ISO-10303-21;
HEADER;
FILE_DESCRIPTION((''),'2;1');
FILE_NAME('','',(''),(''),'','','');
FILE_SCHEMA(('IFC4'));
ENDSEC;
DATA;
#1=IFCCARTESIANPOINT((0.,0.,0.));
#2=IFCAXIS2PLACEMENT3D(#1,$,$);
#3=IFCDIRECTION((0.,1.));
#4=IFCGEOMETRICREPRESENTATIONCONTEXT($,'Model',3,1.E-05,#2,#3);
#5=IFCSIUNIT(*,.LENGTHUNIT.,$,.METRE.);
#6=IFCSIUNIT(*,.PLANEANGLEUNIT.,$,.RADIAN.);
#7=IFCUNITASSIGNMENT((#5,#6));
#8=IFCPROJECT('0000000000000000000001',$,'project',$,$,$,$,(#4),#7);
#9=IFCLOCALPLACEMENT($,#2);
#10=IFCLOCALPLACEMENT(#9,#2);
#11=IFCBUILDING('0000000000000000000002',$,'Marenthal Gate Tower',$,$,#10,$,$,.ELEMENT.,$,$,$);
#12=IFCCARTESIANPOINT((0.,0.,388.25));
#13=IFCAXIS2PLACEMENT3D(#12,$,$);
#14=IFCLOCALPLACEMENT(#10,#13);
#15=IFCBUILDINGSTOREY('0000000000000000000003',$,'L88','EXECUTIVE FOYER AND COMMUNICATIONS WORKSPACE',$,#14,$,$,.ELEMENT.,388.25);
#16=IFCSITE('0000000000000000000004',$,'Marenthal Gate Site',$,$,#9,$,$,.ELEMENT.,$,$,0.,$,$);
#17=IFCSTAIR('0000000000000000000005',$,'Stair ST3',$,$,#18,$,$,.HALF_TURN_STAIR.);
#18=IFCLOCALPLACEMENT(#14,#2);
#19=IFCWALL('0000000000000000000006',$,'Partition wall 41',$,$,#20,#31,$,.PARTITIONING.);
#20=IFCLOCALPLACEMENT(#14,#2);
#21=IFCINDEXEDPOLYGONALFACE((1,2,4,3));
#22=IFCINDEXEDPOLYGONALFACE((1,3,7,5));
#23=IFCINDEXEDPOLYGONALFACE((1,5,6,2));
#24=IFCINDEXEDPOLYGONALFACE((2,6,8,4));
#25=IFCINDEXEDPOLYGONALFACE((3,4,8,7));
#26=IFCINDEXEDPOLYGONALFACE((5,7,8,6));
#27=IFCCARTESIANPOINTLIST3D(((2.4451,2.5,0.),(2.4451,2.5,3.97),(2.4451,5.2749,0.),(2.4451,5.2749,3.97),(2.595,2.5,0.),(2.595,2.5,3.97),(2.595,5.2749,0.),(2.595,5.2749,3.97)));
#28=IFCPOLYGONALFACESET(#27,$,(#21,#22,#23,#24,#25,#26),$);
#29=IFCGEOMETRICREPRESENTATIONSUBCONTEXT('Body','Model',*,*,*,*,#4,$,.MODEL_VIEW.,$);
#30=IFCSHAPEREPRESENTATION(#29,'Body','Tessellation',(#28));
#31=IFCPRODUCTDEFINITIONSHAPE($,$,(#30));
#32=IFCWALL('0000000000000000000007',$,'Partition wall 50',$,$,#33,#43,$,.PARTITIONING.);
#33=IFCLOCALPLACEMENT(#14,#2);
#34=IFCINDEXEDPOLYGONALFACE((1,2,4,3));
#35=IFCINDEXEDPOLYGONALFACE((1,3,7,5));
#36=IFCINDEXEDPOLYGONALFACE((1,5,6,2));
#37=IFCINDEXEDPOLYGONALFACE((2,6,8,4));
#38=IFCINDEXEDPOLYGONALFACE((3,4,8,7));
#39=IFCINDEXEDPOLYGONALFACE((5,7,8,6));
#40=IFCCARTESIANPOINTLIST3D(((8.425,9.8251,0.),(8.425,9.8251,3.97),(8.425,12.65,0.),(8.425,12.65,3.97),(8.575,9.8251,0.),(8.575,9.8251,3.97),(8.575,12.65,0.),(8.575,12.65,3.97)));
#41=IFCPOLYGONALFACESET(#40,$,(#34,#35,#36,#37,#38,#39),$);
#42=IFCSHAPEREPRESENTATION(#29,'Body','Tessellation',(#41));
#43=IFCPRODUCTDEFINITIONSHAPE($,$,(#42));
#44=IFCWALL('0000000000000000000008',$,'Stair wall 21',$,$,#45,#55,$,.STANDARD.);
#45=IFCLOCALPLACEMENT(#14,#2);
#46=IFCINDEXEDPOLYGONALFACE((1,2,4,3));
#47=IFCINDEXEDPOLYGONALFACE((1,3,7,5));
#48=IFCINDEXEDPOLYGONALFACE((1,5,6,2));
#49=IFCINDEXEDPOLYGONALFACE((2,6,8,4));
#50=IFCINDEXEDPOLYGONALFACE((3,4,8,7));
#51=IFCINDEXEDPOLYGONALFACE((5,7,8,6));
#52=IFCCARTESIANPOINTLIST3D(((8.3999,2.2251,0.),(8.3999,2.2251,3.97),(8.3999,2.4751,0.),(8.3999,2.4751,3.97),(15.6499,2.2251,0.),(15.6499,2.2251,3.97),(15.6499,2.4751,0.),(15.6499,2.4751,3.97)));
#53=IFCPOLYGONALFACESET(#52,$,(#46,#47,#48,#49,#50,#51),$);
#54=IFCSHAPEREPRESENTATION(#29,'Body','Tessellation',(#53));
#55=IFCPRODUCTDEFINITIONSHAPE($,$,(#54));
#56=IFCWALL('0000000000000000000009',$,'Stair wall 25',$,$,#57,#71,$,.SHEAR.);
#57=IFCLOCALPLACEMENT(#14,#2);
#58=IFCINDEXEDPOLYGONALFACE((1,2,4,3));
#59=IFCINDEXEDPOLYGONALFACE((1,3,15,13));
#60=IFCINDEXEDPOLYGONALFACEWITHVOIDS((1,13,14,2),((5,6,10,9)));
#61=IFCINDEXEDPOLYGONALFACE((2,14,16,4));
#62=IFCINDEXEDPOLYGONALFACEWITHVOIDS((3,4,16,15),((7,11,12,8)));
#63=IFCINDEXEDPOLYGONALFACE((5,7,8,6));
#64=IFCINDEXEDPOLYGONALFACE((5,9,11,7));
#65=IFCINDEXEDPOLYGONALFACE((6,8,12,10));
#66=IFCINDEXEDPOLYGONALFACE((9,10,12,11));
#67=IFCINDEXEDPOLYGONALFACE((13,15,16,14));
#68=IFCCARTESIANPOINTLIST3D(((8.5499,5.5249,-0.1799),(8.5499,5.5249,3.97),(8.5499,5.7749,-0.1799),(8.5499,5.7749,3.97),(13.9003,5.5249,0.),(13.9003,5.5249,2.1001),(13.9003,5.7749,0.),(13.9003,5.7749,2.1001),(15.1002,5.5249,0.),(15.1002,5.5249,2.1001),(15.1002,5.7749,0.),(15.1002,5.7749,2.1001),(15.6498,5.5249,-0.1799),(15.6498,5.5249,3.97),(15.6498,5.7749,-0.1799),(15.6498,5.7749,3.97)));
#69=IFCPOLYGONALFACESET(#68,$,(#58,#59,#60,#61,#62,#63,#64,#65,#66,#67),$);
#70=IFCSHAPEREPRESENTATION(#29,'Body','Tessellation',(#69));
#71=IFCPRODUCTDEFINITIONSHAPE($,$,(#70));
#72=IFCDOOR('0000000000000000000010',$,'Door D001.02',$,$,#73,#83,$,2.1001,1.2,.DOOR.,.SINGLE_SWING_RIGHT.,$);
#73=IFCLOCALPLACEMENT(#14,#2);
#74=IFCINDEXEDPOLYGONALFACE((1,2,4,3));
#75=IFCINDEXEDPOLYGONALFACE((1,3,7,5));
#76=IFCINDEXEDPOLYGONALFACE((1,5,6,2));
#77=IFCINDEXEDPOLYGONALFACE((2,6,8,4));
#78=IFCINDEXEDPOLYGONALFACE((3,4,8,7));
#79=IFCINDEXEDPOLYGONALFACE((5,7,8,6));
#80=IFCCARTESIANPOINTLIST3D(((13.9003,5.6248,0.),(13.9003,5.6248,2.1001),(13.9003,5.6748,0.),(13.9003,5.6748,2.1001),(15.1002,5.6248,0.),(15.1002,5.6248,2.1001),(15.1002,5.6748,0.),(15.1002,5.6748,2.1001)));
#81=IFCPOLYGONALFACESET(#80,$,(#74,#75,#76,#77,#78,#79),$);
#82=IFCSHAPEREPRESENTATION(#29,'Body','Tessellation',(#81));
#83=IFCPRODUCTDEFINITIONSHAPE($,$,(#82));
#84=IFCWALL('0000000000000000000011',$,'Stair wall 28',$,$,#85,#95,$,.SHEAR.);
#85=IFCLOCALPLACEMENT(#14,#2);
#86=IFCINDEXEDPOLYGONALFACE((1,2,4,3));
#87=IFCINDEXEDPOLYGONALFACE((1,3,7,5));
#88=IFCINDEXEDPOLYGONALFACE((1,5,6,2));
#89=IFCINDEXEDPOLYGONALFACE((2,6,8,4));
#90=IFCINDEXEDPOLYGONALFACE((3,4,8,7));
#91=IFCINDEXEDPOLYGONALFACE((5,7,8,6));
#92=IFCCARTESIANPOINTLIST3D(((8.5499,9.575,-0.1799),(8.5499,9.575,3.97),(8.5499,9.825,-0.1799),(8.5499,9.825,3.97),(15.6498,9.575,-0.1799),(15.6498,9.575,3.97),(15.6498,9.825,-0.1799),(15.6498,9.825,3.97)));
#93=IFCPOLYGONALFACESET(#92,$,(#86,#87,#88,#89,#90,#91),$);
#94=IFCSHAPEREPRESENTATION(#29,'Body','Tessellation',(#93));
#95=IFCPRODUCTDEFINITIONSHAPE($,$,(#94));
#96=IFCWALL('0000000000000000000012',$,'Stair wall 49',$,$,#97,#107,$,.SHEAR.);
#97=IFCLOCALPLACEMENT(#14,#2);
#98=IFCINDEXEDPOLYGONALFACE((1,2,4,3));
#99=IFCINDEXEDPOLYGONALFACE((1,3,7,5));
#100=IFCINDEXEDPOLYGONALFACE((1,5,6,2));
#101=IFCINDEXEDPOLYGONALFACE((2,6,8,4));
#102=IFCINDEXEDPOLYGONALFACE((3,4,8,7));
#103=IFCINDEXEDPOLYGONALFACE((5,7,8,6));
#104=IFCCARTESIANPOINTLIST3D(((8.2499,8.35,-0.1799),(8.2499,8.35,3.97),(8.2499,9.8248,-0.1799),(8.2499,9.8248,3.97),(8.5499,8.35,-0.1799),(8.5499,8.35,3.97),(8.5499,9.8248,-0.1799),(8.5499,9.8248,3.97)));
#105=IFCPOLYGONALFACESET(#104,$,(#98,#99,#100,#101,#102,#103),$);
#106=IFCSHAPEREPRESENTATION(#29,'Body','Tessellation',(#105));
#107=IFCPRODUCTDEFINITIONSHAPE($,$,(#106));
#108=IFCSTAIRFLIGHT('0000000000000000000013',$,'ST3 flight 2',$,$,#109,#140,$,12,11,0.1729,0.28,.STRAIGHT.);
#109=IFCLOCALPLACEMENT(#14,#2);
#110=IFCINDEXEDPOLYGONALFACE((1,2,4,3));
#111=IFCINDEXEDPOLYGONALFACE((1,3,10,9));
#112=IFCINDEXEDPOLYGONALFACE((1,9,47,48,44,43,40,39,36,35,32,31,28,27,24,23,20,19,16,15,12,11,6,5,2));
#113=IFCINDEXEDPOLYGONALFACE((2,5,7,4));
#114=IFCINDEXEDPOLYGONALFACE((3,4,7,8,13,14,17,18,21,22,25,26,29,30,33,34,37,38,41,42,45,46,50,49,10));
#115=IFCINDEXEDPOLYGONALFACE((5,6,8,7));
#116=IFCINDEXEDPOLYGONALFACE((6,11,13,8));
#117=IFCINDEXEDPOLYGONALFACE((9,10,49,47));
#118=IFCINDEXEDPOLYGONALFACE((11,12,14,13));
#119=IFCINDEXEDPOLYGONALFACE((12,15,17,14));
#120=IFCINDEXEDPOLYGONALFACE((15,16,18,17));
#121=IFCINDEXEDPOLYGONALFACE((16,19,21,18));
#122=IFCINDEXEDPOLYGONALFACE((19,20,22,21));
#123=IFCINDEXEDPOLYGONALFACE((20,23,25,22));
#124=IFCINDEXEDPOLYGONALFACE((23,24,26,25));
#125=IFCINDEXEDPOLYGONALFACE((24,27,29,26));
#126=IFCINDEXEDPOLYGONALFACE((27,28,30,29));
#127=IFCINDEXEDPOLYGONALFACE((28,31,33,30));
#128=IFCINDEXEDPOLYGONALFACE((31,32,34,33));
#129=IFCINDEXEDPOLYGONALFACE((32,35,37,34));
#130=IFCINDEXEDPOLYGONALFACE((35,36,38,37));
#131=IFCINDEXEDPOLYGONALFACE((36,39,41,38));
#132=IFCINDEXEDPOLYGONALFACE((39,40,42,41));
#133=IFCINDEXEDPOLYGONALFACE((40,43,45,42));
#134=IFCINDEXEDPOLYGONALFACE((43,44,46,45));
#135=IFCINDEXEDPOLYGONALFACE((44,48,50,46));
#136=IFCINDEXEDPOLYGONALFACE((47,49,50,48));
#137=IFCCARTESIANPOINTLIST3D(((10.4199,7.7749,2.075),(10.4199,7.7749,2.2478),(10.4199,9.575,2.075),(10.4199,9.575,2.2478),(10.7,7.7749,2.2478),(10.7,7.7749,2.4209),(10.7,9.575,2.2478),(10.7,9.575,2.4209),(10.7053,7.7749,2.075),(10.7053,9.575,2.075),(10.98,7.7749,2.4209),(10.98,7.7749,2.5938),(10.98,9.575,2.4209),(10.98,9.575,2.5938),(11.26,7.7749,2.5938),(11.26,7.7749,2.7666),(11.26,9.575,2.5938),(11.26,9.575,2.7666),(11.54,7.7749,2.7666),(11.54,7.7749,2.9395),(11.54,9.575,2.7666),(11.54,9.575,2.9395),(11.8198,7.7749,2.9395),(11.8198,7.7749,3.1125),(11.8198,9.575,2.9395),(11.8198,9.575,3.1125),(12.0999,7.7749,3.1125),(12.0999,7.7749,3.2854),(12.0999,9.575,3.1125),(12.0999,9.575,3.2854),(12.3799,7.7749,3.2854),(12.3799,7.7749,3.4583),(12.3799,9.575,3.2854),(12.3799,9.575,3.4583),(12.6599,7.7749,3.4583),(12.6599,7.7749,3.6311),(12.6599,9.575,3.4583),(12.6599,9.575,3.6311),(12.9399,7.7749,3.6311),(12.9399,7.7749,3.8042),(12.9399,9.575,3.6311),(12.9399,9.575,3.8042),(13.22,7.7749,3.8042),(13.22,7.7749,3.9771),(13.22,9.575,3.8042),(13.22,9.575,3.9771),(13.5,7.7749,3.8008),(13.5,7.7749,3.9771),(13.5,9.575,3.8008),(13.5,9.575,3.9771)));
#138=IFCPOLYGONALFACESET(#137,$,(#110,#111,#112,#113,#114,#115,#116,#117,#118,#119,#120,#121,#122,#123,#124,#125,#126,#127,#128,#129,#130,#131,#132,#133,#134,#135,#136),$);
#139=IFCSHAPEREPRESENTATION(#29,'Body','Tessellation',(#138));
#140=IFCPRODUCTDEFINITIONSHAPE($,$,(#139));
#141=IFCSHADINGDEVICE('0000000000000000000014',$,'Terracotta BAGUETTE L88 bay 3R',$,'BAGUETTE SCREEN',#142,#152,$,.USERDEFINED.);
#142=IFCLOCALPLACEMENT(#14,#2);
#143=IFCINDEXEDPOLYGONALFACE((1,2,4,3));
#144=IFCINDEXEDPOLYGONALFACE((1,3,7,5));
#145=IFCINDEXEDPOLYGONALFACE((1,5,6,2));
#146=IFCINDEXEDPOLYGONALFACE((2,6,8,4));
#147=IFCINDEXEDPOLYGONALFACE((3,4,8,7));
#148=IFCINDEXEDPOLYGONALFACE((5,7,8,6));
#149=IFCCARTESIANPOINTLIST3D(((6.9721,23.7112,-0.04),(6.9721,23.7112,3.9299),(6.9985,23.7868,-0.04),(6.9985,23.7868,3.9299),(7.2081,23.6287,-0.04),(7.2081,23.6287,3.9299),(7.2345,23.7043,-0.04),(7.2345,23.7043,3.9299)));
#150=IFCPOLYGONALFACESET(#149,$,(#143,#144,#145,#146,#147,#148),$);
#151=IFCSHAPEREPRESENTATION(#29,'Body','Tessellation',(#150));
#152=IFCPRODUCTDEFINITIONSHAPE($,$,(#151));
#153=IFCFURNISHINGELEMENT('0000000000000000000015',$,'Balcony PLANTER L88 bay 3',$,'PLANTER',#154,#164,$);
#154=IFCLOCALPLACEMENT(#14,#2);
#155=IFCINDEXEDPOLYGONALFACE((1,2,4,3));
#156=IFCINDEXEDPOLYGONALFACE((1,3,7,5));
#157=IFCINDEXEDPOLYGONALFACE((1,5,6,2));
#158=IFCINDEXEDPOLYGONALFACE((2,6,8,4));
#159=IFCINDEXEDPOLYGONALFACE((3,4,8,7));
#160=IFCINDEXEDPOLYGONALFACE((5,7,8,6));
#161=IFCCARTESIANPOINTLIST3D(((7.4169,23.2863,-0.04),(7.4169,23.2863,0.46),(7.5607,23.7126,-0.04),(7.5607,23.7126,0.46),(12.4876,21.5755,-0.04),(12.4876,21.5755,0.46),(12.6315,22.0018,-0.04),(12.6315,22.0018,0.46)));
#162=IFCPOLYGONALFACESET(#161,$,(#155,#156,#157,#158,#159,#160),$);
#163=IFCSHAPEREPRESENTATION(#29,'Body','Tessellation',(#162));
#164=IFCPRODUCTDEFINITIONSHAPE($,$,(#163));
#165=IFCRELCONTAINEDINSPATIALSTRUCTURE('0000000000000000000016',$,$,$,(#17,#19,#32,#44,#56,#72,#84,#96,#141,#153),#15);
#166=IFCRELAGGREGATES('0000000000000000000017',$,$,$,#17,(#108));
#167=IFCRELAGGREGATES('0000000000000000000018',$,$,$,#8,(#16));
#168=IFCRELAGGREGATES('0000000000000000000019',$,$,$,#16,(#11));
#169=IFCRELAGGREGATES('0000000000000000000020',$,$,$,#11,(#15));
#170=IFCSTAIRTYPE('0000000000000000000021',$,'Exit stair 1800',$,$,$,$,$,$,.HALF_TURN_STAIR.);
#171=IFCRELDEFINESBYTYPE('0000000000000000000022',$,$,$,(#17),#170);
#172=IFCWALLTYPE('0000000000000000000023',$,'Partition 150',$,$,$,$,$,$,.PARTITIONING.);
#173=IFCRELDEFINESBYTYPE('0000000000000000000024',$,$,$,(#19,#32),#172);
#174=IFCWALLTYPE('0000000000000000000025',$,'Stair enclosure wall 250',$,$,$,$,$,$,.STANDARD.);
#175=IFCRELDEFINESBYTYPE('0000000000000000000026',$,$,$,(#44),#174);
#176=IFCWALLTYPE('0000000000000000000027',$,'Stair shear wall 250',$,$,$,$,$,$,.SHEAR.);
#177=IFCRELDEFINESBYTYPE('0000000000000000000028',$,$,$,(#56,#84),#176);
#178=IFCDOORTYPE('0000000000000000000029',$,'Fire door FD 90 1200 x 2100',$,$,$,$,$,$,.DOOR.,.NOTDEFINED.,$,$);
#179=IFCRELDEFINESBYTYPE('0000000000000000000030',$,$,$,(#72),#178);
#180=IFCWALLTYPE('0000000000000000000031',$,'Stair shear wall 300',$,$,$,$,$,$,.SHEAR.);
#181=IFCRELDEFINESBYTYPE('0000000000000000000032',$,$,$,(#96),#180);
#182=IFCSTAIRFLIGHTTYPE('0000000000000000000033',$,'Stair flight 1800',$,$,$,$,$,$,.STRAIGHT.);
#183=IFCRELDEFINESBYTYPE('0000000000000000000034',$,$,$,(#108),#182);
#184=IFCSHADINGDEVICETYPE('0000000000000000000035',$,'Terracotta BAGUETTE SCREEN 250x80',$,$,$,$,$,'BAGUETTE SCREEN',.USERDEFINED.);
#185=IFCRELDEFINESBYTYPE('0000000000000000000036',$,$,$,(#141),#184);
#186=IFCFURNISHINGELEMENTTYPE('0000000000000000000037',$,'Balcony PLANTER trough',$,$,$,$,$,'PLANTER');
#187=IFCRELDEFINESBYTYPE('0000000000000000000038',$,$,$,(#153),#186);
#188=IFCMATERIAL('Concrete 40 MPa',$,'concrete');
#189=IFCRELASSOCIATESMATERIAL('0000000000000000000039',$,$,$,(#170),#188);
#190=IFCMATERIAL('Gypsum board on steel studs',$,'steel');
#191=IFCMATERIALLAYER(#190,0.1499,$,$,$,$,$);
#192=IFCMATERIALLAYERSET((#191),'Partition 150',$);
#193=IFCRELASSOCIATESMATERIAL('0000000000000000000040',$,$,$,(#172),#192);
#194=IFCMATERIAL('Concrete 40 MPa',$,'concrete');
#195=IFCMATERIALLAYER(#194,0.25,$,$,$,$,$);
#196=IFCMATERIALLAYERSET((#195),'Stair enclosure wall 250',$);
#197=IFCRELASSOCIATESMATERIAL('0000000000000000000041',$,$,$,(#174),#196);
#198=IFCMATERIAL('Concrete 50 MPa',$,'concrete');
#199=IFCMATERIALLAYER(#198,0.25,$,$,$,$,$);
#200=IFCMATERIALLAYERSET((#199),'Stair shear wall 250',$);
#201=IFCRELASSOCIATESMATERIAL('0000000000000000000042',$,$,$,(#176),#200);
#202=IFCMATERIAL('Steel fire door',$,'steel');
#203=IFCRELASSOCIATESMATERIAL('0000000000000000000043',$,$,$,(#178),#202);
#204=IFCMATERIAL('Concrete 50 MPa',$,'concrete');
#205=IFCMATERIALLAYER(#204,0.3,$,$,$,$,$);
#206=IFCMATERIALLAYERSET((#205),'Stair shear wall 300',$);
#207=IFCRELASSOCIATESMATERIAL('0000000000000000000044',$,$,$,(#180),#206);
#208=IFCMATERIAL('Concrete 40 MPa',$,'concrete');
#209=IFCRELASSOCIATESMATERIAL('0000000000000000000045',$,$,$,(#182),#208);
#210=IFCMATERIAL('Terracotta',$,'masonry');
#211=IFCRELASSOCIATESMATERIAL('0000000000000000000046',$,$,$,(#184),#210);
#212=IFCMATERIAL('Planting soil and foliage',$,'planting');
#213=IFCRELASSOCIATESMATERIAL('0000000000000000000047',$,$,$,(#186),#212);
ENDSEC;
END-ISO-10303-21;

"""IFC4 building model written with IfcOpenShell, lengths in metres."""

from ifc_helpers import new_model, si_unit, direction, frame, frame_2d, origin, origin_2d, place, context, subcontext, project, spatial, polyline, rectangle, outline, extrude, material, layer, layer_set, material_profile, profile_set, type_object, element, fill, aggregate, save


model = new_model("IFC4")

# Units and contexts
model_context = context("Model", 3, precision=1e-05, world=origin(), true_north=direction((0.0, 1.0)))
body_context = subcontext(model_context, "Body", "Model", "MODEL_VIEW")
ifc_project = project(units=[si_unit("LENGTHUNIT", "METRE"), si_unit("PLANEANGLEUNIT", "RADIAN")], contexts=[model_context])

# Site, building, storey
site_placement = place(None, origin())
site = spatial("IfcSite", under=ifc_project, at=site_placement, Name="Marenthal Gate Site", CompositionType="ELEMENT", RefElevation=0.0)
building_placement = place(site_placement, origin())
building = spatial("IfcBuilding", under=site, at=building_placement, Name="Marenthal Gate Tower", CompositionType="ELEMENT")
storey_placement = place(building_placement, frame((0.0, 0.0, 388.25)))
storey = spatial("IfcBuildingStorey", under=building, at=storey_placement, Name="L88", Description="EXECUTIVE FOYER AND COMMUNICATIONS WORKSPACE", CompositionType="ELEMENT", Elevation=388.25)

# Stair
ifc_material_1 = material(Name="Concrete 40 MPa", Category="concrete")
stair_type = type_object("IfcStairType", Name="Exit stair 1800", PredefinedType="HALF_TURN_STAIR", material=ifc_material_1)
stair_1_placement = place(storey_placement, origin())
stair_1 = element("IfcStair", 1, at=stair_1_placement, inside=storey, type_object=stair_type, Name="Stair ST3", PredefinedType="HALF_TURN_STAIR")

# Walls
ifc_material_2 = material(Name="Gypsum board on steel studs", Category="steel")
ifc_layer_1 = layer(ifc_material_2, 0.1499)
ifc_layer_set_1 = layer_set([ifc_layer_1], Name="Partition 150")
wall_type_1 = type_object("IfcWallType", Name="Partition 150", PredefinedType="PARTITIONING", material=ifc_layer_set_1)
wall_1_placement = place(storey_placement, frame((2.52, 2.5, 0.0), z_axis=(0.0, 0.0, 1.0), x_axis=(0.0, 1.0, 0.0)))
element("IfcWall", 2, at=wall_1_placement, inside=storey, type_object=wall_type_1, Name="Partition wall 41", PredefinedType="PARTITIONING", context=body_context, shape_type="SweptSolid", body=[
    extrude(rectangle(XDim=2.7749, YDim=0.1499, at=frame_2d((1.3875, 0.0))), origin(), (0.0, 0.0, 1.0), 3.97),
])
wall_2_placement = place(storey_placement, frame((8.5, 9.825, 0.0), z_axis=(0.0, 0.0, 1.0), x_axis=(0.0, 1.0, 0.0)))
element("IfcWall", 3, at=wall_2_placement, inside=storey, type_object=wall_type_1, Name="Partition wall 50", PredefinedType="PARTITIONING", context=body_context, shape_type="SweptSolid", body=[
    extrude(rectangle(XDim=2.825, YDim=0.1499, at=frame_2d((1.4126, 0.0))), origin(), (0.0, 0.0, 1.0), 3.97),
])
ifc_material_3 = material(Name="Concrete 40 MPa", Category="concrete")
ifc_layer_2 = layer(ifc_material_3, 0.25)
ifc_layer_set_2 = layer_set([ifc_layer_2], Name="Stair enclosure wall 250")
wall_type_2 = type_object("IfcWallType", Name="Stair enclosure wall 250", PredefinedType="STANDARD", material=ifc_layer_set_2)
wall_3_placement = place(storey_placement, frame((8.3999, 2.3501, 0.0), z_axis=(0.0, 0.0, 1.0), x_axis=(1.0, 0.0, 0.0)))
element("IfcWall", 4, at=wall_3_placement, inside=storey, type_object=wall_type_2, Name="Stair wall 21", PredefinedType="STANDARD", context=body_context, shape_type="SweptSolid", body=[
    extrude(rectangle(XDim=7.25, YDim=0.25, at=frame_2d((3.625, 0.0))), origin(), (0.0, 0.0, 1.0), 3.97),
])

# Wall, opening, door
ifc_material_4 = material(Name="Concrete 50 MPa", Category="concrete")
ifc_layer_3 = layer(ifc_material_4, 0.25)
ifc_layer_set_3 = layer_set([ifc_layer_3], Name="Stair shear wall 250")
wall_type_3 = type_object("IfcWallType", Name="Stair shear wall 250", PredefinedType="SHEAR", material=ifc_layer_set_3)
wall_4_placement = place(storey_placement, frame((8.55, 5.6499, -0.1799), z_axis=(0.0, 0.0, 1.0), x_axis=(1.0, 0.0, 0.0)))
wall_4 = element("IfcWall", 5, at=wall_4_placement, inside=storey, type_object=wall_type_3, Name="Stair wall 25", PredefinedType="SHEAR", context=body_context, shape_type="SweptSolid", body=[
    extrude(rectangle(XDim=7.0999, YDim=0.25, at=frame_2d((3.5498, 0.0))), origin(), (0.0, 0.0, 1.0), 4.1499),
])
opening_placement = place(wall_4_placement, frame((5.3501, 0.0, 0.1799)))
opening = element("IfcOpeningElement", 6, at=opening_placement, cuts=wall_4, PredefinedType="OPENING", context=body_context, shape_type="SweptSolid", body=[
    extrude(rectangle(XDim=1.2, YDim=2.1001, at=frame_2d((0.6001, 1.05))), frame((0.0, 0.135, 0.0), z_axis=(0.0, -1.0, 0.0), x_axis=(1.0, 0.0, 0.0)), (0.0, 0.0, 1.0), 0.27),
])
ifc_material_5 = material(Name="Steel fire door", Category="steel")
door_type = type_object("IfcDoorType", Name="Fire door FD 90 1200 x 2100", OperationType="NOTDEFINED", PredefinedType="DOOR", material=ifc_material_5)
door_placement = place(opening_placement, origin())
door = element("IfcDoor", 7, at=door_placement, inside=storey, type_object=door_type, Name="Door D001.02", OperationType="SINGLE_SWING_RIGHT", OverallHeight=2.1001, OverallWidth=1.2, PredefinedType="DOOR", context=body_context, shape_type="SweptSolid", body=[
    extrude(rectangle(XDim=1.2, YDim=2.1001, at=frame_2d((0.6001, 1.05))), frame((0.0, 0.0249, 0.0), z_axis=(0.0, -1.0, 0.0), x_axis=(1.0, 0.0, 0.0)), (0.0, 0.0, 1.0), 0.05),
])
fill(opening, door)

# Walls
wall_5_placement = place(storey_placement, frame((8.55, 9.7, -0.1799), z_axis=(0.0, 0.0, 1.0), x_axis=(1.0, 0.0, 0.0)))
element("IfcWall", 8, at=wall_5_placement, inside=storey, type_object=wall_type_3, Name="Stair wall 28", PredefinedType="SHEAR", context=body_context, shape_type="SweptSolid", body=[
    extrude(rectangle(XDim=7.0999, YDim=0.25, at=frame_2d((3.5498, 0.0))), origin(), (0.0, 0.0, 1.0), 4.1499),
])
ifc_material_6 = material(Name="Concrete 50 MPa", Category="concrete")
ifc_layer_4 = layer(ifc_material_6, 0.3)
ifc_layer_set_4 = layer_set([ifc_layer_4], Name="Stair shear wall 300")
wall_type_4 = type_object("IfcWallType", Name="Stair shear wall 300", PredefinedType="SHEAR", material=ifc_layer_set_4)
wall_6_placement = place(storey_placement, frame((8.3999, 8.3501, -0.1799), z_axis=(0.0, 0.0, 1.0), x_axis=(0.0, 1.0, 0.0)))
element("IfcWall", 9, at=wall_6_placement, inside=storey, type_object=wall_type_4, Name="Stair wall 49", PredefinedType="SHEAR", context=body_context, shape_type="SweptSolid", body=[
    extrude(rectangle(XDim=1.4749, YDim=0.3, at=frame_2d((0.7373, 0.0))), origin(), (0.0, 0.0, 1.0), 4.1499),
])

# Stair flight
ifc_material_7 = material(Name="Concrete 40 MPa", Category="concrete")
stair_flight_type = type_object("IfcStairFlightType", Name="Stair flight 1800", PredefinedType="STRAIGHT", material=ifc_material_7)
stair_flight_placement = place(storey_placement, frame((10.4199, 8.675, 2.075), z_axis=(0.0, 0.0, 1.0), x_axis=(1.0, 0.0, 0.0)))
stair_flight = element("IfcStairFlight", 10, at=stair_flight_placement, type_object=stair_flight_type, Name="ST3 flight 2", NumberOfRisers=12, NumberOfTreads=11, PredefinedType="STRAIGHT", RiserHeight=0.1729, TreadLength=0.28, context=body_context, shape_type="SweptSolid", body=[
    extrude(outline(polyline([(0.0, 0.0), (0.0, 0.1729), (0.28, 0.1729), (0.28, 0.3459), (0.5601, 0.3459), (0.5601, 0.5188), (0.8401, 0.5188), (0.8401, 0.6917), (1.1201, 0.6917), (1.1201, 0.8645), (1.3999, 0.8645), (1.3999, 1.0376), (1.6799, 1.0376), (1.6799, 1.2104), (1.96, 1.2104), (1.96, 1.3833), (2.24, 1.3833), (2.24, 1.5562), (2.52, 1.5562), (2.52, 1.7292), (2.8, 1.7292), (2.8, 1.9021), (3.0801, 1.9021), (3.0801, 2.075), (3.0801, 1.7258), (0.2854, 0.0), (0.0, 0.0)])), frame((0.0, 0.8999, 0.0), z_axis=(0.0, -1.0, 0.0), x_axis=(1.0, 0.0, 0.0)), (0.0, 0.0, 1.0), 1.8),
])
aggregate(stair_1, [stair_flight])

# Shading device
ifc_material_8 = material(Name="Terracotta", Category="masonry")
ifc_material_profile_1 = material_profile(ifc_material_8, rectangle(XDim=0.25, YDim=0.0801, at=origin_2d()), Name="Terracotta baguette 250x80")
ifc_profile_set_1 = profile_set([ifc_material_profile_1], Name="Terracotta")
shading_device_type = type_object("IfcShadingDeviceType", Name="Terracotta BAGUETTE SCREEN 250x80", ElementType="BAGUETTE SCREEN", PredefinedType="USERDEFINED", material=ifc_profile_set_1)
shading_device_placement = place(storey_placement, frame((7.1033, 23.7078, -0.04), z_axis=(0.0, 0.0, 1.0), x_axis=(-0.944045, 0.329817, 0.0)))
element("IfcShadingDevice", 11, at=shading_device_placement, inside=storey, type_object=shading_device_type, Name="Terracotta BAGUETTE L88 bay 3R", ObjectType="BAGUETTE SCREEN", PredefinedType="USERDEFINED", context=body_context, shape_type="SweptSolid", body=[
    extrude(rectangle(XDim=0.25, YDim=0.0801, at=origin_2d()), origin(), (0.0, 0.0, 1.0), 3.97),
])

# Furnishing element
ifc_material_9 = material(Name="Planting soil and foliage", Category="planting")
furnishing_element_type = type_object("IfcFurnishingElementType", Name="Balcony PLANTER trough", ElementType="PLANTER", material=ifc_material_9)
furnishing_placement = place(storey_placement, frame((10.0242, 22.644, -0.04), z_axis=(0.0, 0.0, 1.0), x_axis=(-0.947527, 0.319676, 0.0)))
element("IfcFurnishingElement", 12, at=furnishing_placement, inside=storey, type_object=furnishing_element_type, Name="Balcony PLANTER L88 bay 3", ObjectType="PLANTER", context=body_context, shape_type="SweptSolid", body=[
    extrude(rectangle(XDim=5.3516, YDim=0.45, at=origin_2d()), origin(), (0.0, 0.0, 1.0), 0.5),
])

save(model, "model.ifc")
